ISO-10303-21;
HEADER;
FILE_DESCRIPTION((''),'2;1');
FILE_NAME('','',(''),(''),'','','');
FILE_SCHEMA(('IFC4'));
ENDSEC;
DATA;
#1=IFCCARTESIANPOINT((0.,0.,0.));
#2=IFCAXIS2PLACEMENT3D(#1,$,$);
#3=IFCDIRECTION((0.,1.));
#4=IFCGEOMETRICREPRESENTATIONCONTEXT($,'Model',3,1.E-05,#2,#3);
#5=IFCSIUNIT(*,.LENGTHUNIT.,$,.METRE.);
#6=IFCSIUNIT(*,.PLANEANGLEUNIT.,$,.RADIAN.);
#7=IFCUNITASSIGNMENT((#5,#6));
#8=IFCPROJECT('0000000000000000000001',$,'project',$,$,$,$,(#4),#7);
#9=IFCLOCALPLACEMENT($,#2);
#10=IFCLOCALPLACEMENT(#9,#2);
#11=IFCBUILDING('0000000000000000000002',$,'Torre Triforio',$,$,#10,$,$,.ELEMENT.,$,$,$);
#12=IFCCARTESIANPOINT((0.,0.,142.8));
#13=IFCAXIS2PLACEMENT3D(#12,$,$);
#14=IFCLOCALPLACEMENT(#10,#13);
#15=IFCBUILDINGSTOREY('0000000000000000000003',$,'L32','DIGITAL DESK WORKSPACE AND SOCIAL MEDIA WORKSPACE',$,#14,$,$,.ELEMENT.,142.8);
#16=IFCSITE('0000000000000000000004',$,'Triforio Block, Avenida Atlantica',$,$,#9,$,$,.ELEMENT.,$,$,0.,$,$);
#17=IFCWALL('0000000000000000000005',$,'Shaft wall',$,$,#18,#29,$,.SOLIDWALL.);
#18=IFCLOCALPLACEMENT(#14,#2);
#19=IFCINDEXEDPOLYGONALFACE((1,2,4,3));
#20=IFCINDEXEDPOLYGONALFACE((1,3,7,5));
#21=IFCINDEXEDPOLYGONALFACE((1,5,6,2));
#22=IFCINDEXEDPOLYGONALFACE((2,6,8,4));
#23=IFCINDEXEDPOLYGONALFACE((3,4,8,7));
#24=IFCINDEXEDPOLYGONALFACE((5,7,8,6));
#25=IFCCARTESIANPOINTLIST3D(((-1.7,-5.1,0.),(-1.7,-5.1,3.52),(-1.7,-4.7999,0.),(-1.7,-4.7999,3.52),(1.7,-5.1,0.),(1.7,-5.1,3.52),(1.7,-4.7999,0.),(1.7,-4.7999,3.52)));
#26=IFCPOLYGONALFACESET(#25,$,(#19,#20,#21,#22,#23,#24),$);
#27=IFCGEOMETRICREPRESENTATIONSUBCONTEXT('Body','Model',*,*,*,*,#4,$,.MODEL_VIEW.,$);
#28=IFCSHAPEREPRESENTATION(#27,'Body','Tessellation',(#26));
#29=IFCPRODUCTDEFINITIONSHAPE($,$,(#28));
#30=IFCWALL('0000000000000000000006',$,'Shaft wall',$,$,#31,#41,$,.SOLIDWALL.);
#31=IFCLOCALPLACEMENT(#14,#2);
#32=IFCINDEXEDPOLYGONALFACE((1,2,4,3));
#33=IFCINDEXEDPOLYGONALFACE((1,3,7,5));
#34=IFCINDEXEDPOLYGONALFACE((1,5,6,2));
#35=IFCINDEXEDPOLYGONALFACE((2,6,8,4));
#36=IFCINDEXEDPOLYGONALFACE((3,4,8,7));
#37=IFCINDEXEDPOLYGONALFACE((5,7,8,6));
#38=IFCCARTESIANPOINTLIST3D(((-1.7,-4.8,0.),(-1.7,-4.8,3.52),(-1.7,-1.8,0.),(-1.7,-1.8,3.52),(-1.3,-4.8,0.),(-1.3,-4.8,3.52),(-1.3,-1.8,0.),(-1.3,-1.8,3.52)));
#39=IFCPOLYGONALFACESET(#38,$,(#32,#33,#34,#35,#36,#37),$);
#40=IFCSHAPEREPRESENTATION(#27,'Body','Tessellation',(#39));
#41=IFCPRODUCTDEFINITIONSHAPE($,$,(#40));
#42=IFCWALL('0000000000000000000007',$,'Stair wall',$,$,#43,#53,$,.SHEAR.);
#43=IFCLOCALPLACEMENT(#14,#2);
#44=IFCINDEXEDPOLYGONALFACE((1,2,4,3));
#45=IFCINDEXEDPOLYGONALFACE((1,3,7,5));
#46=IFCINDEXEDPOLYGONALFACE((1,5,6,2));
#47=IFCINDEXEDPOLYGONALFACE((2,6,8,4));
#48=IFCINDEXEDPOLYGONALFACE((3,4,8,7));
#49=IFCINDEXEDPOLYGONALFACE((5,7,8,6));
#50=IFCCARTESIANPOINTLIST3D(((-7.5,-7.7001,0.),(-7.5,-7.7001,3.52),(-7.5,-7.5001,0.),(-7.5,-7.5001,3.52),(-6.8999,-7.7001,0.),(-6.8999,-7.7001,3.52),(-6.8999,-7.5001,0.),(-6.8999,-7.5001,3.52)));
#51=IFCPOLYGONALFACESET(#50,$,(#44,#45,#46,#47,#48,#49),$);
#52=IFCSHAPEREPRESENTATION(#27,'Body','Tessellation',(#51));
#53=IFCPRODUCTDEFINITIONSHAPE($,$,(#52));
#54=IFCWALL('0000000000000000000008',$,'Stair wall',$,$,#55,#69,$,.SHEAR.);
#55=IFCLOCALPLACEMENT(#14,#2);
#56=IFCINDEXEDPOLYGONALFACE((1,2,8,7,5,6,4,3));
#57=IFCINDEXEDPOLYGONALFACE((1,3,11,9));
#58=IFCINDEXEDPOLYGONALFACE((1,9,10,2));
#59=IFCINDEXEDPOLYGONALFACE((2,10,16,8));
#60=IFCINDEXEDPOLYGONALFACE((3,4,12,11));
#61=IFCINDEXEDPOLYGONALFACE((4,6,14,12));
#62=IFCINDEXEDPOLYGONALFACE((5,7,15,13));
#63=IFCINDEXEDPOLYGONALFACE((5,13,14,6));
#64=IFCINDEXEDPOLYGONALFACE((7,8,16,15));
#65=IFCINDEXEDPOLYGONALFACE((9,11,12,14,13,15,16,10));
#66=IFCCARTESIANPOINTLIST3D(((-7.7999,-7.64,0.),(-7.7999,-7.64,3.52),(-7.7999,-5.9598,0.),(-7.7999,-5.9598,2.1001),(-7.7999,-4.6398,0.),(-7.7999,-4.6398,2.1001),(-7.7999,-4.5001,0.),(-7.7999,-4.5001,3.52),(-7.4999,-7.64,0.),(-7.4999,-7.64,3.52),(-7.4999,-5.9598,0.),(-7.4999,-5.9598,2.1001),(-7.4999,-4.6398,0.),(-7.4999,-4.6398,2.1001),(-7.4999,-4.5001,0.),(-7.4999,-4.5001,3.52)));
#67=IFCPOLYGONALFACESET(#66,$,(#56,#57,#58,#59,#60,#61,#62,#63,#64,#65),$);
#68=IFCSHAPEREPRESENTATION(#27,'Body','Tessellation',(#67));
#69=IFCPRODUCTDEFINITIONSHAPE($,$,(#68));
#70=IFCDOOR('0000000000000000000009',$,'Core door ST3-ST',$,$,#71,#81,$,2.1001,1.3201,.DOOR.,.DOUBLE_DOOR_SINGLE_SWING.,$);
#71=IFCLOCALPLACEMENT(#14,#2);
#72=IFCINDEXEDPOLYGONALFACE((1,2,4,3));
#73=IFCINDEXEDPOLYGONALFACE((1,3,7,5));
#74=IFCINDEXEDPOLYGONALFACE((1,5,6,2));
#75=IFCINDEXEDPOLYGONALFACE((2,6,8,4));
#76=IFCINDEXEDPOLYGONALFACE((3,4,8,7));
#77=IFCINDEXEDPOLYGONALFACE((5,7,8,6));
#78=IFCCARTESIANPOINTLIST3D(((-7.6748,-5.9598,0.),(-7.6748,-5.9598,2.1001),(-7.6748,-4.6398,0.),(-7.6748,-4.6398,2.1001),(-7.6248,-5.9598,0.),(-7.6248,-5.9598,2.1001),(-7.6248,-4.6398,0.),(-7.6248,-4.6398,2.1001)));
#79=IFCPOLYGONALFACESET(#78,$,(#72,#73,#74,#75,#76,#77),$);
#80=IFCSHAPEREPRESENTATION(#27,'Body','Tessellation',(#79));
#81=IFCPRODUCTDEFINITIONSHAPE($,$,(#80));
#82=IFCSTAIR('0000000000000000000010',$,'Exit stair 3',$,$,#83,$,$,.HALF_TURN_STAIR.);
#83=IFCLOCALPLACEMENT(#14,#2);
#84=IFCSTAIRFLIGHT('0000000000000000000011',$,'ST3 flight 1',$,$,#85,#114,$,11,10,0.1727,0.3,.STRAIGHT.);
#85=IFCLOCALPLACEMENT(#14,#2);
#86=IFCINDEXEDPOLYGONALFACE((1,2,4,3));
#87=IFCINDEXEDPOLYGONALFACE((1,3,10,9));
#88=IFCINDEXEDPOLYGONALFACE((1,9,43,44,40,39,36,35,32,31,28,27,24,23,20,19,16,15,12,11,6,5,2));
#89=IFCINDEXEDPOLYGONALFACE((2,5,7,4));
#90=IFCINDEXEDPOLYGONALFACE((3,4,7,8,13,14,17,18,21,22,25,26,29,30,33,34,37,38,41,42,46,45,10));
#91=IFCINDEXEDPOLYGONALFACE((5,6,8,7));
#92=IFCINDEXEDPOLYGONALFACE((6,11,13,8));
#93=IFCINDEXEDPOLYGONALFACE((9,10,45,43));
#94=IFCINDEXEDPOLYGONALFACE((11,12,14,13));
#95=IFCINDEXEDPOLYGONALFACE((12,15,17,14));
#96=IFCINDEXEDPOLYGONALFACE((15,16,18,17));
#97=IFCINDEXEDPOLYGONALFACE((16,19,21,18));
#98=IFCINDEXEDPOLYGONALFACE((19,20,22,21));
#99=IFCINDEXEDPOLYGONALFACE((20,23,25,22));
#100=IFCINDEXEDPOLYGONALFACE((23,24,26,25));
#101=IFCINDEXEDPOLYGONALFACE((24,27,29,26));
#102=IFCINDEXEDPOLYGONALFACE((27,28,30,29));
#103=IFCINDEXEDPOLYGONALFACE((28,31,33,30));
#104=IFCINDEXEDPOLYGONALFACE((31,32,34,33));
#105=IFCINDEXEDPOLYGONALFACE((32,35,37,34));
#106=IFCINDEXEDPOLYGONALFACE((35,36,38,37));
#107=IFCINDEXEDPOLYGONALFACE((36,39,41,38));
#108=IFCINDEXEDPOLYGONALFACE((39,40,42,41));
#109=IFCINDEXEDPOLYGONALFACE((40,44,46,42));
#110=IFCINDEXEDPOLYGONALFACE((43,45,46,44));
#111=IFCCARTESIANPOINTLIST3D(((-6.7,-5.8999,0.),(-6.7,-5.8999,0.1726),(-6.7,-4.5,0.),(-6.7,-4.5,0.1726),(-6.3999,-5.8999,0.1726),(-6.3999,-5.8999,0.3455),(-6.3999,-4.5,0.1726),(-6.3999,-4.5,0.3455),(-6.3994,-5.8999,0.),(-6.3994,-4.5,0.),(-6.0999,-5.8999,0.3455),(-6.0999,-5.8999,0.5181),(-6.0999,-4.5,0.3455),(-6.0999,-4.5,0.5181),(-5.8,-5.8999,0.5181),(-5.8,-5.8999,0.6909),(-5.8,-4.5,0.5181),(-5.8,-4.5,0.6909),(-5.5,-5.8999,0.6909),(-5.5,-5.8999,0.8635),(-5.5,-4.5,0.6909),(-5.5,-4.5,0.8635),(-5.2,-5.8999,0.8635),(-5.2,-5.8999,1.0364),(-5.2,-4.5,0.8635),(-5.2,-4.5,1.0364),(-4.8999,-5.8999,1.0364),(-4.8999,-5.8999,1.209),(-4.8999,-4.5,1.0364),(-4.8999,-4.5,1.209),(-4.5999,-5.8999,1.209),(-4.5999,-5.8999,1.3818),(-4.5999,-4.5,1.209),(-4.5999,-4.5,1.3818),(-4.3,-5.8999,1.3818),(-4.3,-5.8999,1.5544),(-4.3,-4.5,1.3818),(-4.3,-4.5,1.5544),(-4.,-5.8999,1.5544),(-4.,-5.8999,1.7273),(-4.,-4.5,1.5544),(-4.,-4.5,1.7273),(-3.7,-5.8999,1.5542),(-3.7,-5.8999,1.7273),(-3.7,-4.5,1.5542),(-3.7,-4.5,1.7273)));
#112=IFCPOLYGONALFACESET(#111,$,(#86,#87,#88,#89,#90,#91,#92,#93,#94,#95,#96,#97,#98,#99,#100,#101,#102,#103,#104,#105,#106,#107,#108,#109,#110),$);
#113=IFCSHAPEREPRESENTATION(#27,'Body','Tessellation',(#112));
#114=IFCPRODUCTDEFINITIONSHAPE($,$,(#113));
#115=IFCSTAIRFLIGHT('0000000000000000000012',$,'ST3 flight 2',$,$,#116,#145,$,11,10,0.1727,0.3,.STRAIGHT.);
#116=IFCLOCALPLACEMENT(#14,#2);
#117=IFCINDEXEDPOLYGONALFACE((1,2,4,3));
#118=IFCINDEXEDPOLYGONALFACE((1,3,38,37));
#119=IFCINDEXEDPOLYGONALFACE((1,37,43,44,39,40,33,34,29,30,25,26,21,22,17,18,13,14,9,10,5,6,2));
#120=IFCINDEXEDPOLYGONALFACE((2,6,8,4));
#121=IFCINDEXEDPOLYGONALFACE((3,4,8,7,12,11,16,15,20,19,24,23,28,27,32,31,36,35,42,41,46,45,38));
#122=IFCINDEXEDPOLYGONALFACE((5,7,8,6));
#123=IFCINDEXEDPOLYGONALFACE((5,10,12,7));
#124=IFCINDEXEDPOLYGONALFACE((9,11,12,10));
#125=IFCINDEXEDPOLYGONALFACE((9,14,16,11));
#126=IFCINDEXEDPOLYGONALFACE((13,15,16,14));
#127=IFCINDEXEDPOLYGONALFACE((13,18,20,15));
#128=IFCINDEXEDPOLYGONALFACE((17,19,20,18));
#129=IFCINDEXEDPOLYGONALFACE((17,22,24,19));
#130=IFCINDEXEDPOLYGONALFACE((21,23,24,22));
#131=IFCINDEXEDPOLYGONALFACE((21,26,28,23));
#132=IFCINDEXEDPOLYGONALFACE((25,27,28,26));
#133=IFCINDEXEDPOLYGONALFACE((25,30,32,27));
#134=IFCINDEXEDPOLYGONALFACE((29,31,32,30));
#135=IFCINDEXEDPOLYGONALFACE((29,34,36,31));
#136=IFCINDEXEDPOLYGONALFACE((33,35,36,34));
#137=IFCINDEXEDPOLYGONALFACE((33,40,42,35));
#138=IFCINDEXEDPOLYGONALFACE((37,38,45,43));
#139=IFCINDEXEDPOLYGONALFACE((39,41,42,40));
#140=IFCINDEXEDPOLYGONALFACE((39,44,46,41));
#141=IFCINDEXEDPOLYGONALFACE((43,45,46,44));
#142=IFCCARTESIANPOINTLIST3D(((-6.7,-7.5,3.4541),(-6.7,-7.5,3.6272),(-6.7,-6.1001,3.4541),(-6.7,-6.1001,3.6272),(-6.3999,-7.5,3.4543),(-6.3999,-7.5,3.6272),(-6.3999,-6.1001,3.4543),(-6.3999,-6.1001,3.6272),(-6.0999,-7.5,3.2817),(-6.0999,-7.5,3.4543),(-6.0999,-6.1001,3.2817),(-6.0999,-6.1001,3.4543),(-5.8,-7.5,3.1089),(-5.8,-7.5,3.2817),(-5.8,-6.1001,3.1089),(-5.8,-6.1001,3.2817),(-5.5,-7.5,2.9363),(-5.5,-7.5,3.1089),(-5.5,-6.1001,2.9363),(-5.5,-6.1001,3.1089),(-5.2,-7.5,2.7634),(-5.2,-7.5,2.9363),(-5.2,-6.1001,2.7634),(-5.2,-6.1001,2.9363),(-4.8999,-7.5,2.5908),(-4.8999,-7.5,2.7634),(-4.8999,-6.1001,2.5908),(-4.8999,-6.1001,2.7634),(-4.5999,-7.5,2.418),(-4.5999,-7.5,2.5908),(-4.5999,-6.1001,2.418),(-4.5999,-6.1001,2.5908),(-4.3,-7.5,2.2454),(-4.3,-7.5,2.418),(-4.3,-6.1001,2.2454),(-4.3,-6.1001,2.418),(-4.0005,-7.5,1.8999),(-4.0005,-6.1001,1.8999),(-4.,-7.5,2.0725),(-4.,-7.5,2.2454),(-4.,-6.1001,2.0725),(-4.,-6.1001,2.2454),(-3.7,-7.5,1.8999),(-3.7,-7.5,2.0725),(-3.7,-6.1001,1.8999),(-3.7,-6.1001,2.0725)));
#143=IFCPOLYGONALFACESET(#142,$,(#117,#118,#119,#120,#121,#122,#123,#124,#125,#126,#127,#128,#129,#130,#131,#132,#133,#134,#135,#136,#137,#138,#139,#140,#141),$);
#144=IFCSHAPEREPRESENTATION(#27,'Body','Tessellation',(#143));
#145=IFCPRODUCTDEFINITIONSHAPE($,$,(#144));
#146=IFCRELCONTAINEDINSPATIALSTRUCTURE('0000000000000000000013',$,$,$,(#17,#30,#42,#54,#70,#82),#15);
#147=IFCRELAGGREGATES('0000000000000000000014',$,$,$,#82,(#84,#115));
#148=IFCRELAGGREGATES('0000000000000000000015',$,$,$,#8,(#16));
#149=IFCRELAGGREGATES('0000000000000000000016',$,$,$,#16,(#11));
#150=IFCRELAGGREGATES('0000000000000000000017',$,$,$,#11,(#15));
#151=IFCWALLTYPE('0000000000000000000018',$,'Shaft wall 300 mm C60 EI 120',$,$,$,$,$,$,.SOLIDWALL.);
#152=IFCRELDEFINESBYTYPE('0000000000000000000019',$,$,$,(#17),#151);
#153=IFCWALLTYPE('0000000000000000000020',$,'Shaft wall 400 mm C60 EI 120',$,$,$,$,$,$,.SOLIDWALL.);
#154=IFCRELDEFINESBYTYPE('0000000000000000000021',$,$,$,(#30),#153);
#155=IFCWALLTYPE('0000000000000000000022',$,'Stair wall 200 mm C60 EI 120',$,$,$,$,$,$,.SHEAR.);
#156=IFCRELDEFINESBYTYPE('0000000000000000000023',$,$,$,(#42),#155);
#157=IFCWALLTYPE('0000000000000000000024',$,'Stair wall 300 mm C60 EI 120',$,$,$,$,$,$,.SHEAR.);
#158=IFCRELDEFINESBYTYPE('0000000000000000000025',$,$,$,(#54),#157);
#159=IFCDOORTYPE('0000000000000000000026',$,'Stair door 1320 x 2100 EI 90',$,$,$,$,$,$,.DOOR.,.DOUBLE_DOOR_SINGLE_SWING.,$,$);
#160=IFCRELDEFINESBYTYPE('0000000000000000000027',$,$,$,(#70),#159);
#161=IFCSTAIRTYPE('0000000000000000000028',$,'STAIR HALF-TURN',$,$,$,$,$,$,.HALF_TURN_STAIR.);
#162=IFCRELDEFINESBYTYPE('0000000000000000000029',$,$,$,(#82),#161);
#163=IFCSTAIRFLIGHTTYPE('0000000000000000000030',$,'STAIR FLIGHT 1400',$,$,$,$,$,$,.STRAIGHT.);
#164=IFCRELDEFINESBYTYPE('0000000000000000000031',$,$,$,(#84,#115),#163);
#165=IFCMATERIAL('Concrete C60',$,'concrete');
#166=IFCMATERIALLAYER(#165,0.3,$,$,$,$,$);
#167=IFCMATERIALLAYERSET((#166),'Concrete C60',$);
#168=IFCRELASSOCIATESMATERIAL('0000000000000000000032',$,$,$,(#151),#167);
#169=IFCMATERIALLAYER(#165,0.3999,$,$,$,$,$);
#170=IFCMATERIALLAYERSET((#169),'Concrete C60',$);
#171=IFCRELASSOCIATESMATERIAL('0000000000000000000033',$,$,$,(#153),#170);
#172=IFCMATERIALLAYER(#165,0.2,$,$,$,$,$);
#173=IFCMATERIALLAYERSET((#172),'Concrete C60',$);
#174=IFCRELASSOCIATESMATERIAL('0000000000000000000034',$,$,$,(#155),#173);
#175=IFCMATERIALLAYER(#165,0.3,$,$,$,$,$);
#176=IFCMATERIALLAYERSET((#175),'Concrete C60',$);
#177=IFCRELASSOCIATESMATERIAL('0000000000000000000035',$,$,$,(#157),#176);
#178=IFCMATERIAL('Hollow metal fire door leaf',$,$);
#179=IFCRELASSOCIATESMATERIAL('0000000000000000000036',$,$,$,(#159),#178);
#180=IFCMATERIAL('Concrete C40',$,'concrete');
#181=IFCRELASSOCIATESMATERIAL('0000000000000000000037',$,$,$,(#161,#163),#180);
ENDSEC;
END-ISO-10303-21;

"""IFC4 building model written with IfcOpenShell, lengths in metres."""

from ifc_helpers import new_model, si_unit, direction, frame, frame_2d, origin, place, context, subcontext, project, spatial, polyline, rectangle, outline, extrude, material, layer, layer_set, type_object, element, fill, aggregate, save


model = new_model("IFC4")

# Units and contexts
model_context = context("Model", 3, precision=1e-05, world=origin(), true_north=direction((0.0, 1.0)))
body_context = subcontext(model_context, "Body", "Model", "MODEL_VIEW")
ifc_project = project(units=[si_unit("LENGTHUNIT", "METRE"), si_unit("PLANEANGLEUNIT", "RADIAN")], contexts=[model_context])

# Site, building, storey
site_placement = place(None, origin())
site = spatial("IfcSite", under=ifc_project, at=site_placement, Name="Triforio Block, Avenida Atlantica", CompositionType="ELEMENT", RefElevation=0.0)
building_placement = place(site_placement, origin())
building = spatial("IfcBuilding", under=site, at=building_placement, Name="Torre Triforio", CompositionType="ELEMENT")
storey_placement = place(building_placement, frame((0.0, 0.0, 142.8)))
storey = spatial("IfcBuildingStorey", under=building, at=storey_placement, Name="L32", Description="DIGITAL DESK WORKSPACE AND SOCIAL MEDIA WORKSPACE", CompositionType="ELEMENT", Elevation=142.8)

# Shared definitions
ifc_material_1 = material(Name="Hollow metal fire door leaf")

# Shared definitions
ifc_material_2 = material(Name="Concrete C60", Category="concrete")
ifc_layer_1 = layer(ifc_material_2, 0.3)
ifc_layer_set_1 = layer_set([ifc_layer_1], Name="Concrete C60")
wall_type_1 = type_object("IfcWallType", Name="Shaft wall 300 mm C60 EI 120", PredefinedType="SOLIDWALL", material=ifc_layer_set_1)

# Walls
wall_1_placement = place(storey_placement, frame((-1.7, -4.95, 0.0), z_axis=(0.0, 0.0, 1.0), x_axis=(1.0, 0.0, 0.0)))
element("IfcWall", 1, at=wall_1_placement, inside=storey, type_object=wall_type_1, Name="Shaft wall", PredefinedType="SOLIDWALL", context=body_context, shape_type="SweptSolid", body=[
    extrude(rectangle(XDim=3.3999, YDim=0.3, at=frame_2d((1.7, 0.0))), origin(), (0.0, 0.0, 1.0), 3.52),
])
ifc_layer_2 = layer(ifc_material_2, 0.3999)
ifc_layer_set_2 = layer_set([ifc_layer_2], Name="Concrete C60")
wall_type_2 = type_object("IfcWallType", Name="Shaft wall 400 mm C60 EI 120", PredefinedType="SOLIDWALL", material=ifc_layer_set_2)
wall_2_placement = place(storey_placement, frame((-1.5, -4.8, 0.0), z_axis=(0.0, 0.0, 1.0), x_axis=(0.0, 1.0, 0.0)))
element("IfcWall", 2, at=wall_2_placement, inside=storey, type_object=wall_type_2, Name="Shaft wall", PredefinedType="SOLIDWALL", context=body_context, shape_type="SweptSolid", body=[
    extrude(rectangle(XDim=3.0, YDim=0.3999, at=frame_2d((1.5, 0.0))), origin(), (0.0, 0.0, 1.0), 3.52),
])
ifc_layer_3 = layer(ifc_material_2, 0.2)
ifc_layer_set_3 = layer_set([ifc_layer_3], Name="Concrete C60")
wall_type_3 = type_object("IfcWallType", Name="Stair wall 200 mm C60 EI 120", PredefinedType="SHEAR", material=ifc_layer_set_3)
wall_3_placement = place(storey_placement, frame((-7.5, -7.6001, 0.0), z_axis=(0.0, 0.0, 1.0), x_axis=(1.0, 0.0, 0.0)))
element("IfcWall", 3, at=wall_3_placement, inside=storey, type_object=wall_type_3, Name="Stair wall", PredefinedType="SHEAR", context=body_context, shape_type="SweptSolid", body=[
    extrude(rectangle(XDim=0.6001, YDim=0.2, at=frame_2d((0.3, 0.0))), origin(), (0.0, 0.0, 1.0), 3.52),
])

# Wall, opening, door
ifc_layer_4 = layer(ifc_material_2, 0.3)
ifc_layer_set_4 = layer_set([ifc_layer_4], Name="Concrete C60")
wall_type_4 = type_object("IfcWallType", Name="Stair wall 300 mm C60 EI 120", PredefinedType="SHEAR", material=ifc_layer_set_4)
wall_4_placement = place(storey_placement, frame((-7.6499, -7.6399, 0.0), z_axis=(0.0, 0.0, 1.0), x_axis=(0.0, 1.0, 0.0)))
wall_4 = element("IfcWall", 4, at=wall_4_placement, inside=storey, type_object=wall_type_4, Name="Stair wall", PredefinedType="SHEAR", context=body_context, shape_type="SweptSolid", body=[
    extrude(rectangle(XDim=3.1399, YDim=0.3, at=frame_2d((1.5698, 0.0))), origin(), (0.0, 0.0, 1.0), 3.52),
])
opening_1_placement = place(wall_4_placement, frame((1.6799, 0.0, 0.0)))
opening_1 = element("IfcOpeningElement", 5, at=opening_1_placement, cuts=wall_4, PredefinedType="OPENING", context=body_context, shape_type="SweptSolid", body=[
    extrude(rectangle(XDim=1.3201, YDim=2.1001, at=frame_2d((0.6602, 1.05))), frame((0.0, 0.1599, 0.0), z_axis=(0.0, -1.0, 0.0), x_axis=(1.0, 0.0, 0.0)), (0.0, 0.0, 1.0), 0.3201),
])
door_type_1 = type_object("IfcDoorType", Name="Stair door 1320 x 2100 EI 90", OperationType="DOUBLE_DOOR_SINGLE_SWING", PredefinedType="DOOR", material=ifc_material_1)
door_1_placement = place(opening_1_placement, origin())
door_1 = element("IfcDoor", 6, at=door_1_placement, inside=storey, type_object=door_type_1, Name="Core door ST3-ST", OperationType="DOUBLE_DOOR_SINGLE_SWING", OverallHeight=2.1001, OverallWidth=1.3201, PredefinedType="DOOR", context=body_context, shape_type="SweptSolid", body=[
    extrude(rectangle(XDim=1.3201, YDim=2.1001, at=frame_2d((0.6602, 1.05))), frame((0.0, 0.0249, 0.0), z_axis=(0.0, -1.0, 0.0), x_axis=(1.0, 0.0, 0.0)), (0.0, 0.0, 1.0), 0.05),
])
fill(opening_1, door_1)

# Stair, stair flights
ifc_material_3 = material(Name="Concrete C40", Category="concrete")
stair_type = type_object("IfcStairType", Name="STAIR HALF-TURN", PredefinedType="HALF_TURN_STAIR", material=ifc_material_3)
stair_placement = place(storey_placement, origin())
stair = element("IfcStair", 7, at=stair_placement, inside=storey, type_object=stair_type, Name="Exit stair 3", PredefinedType="HALF_TURN_STAIR")
stair_flight_type = type_object("IfcStairFlightType", Name="STAIR FLIGHT 1400", PredefinedType="STRAIGHT", material=ifc_material_3)
stair_flight_1_placement = place(storey_placement, frame((-6.7, -5.2, 0.0), z_axis=(0.0, 0.0, 1.0), x_axis=(1.0, 0.0, 0.0)))
stair_flight_1 = element("IfcStairFlight", 8, at=stair_flight_1_placement, type_object=stair_flight_type, Name="ST3 flight 1", NumberOfRisers=11, NumberOfTreads=10, PredefinedType="STRAIGHT", RiserHeight=0.1727, TreadLength=0.3, context=body_context, shape_type="SweptSolid", body=[
    extrude(outline(polyline([(0.0, 0.0), (0.0, 0.1726), (0.3, 0.1726), (0.3, 0.3455), (0.6001, 0.3455), (0.6001, 0.5181), (0.8999, 0.5181), (0.8999, 0.6909), (1.2, 0.6909), (1.2, 0.8635), (1.5, 0.8635), (1.5, 1.0364), (1.8, 1.0364), (1.8, 1.209), (2.1001, 1.209), (2.1001, 1.3818), (2.3999, 1.3818), (2.3999, 1.5544), (2.7, 1.5544), (2.7, 1.7273), (3.0, 1.7273), (3.0, 1.8999), (3.0, 1.5542), (0.3005, 0.0), (0.0, 0.0)])), frame((0.0, 0.7, 0.0), z_axis=(0.0, -1.0, 0.0), x_axis=(1.0, 0.0, 0.0)), (0.0, 0.0, 1.0), 1.3999),
])
stair_flight_2_placement = place(storey_placement, frame((-3.7, -6.8, 1.8999), z_axis=(0.0, 0.0, 1.0), x_axis=(-1.0, 0.0, 0.0)))
stair_flight_2 = element("IfcStairFlight", 9, at=stair_flight_2_placement, type_object=stair_flight_type, Name="ST3 flight 2", NumberOfRisers=11, NumberOfTreads=10, PredefinedType="STRAIGHT", RiserHeight=0.1727, TreadLength=0.3, context=body_context, shape_type="SweptSolid", body=[
    extrude(outline(polyline([(0.0, 0.0), (0.0, 0.1726), (0.3, 0.1726), (0.3, 0.3455), (0.6001, 0.3455), (0.6001, 0.5181), (0.8999, 0.5181), (0.8999, 0.6909), (1.2, 0.6909), (1.2, 0.8635), (1.5, 0.8635), (1.5, 1.0364), (1.8, 1.0364), (1.8, 1.209), (2.1001, 1.209), (2.1001, 1.3818), (2.3999, 1.3818), (2.3999, 1.5544), (2.7, 1.5544), (2.7, 1.7273), (3.0, 1.7273), (3.0, 1.8999), (3.0, 1.5542), (0.3005, 0.0), (0.0, 0.0)])), frame((0.0, 0.7, 0.0), z_axis=(0.0, -1.0, 0.0), x_axis=(1.0, 0.0, 0.0)), (0.0, 0.0, 1.0), 1.3999),
])
aggregate(stair, [stair_flight_1, stair_flight_2])

save(model, "model.ifc")
